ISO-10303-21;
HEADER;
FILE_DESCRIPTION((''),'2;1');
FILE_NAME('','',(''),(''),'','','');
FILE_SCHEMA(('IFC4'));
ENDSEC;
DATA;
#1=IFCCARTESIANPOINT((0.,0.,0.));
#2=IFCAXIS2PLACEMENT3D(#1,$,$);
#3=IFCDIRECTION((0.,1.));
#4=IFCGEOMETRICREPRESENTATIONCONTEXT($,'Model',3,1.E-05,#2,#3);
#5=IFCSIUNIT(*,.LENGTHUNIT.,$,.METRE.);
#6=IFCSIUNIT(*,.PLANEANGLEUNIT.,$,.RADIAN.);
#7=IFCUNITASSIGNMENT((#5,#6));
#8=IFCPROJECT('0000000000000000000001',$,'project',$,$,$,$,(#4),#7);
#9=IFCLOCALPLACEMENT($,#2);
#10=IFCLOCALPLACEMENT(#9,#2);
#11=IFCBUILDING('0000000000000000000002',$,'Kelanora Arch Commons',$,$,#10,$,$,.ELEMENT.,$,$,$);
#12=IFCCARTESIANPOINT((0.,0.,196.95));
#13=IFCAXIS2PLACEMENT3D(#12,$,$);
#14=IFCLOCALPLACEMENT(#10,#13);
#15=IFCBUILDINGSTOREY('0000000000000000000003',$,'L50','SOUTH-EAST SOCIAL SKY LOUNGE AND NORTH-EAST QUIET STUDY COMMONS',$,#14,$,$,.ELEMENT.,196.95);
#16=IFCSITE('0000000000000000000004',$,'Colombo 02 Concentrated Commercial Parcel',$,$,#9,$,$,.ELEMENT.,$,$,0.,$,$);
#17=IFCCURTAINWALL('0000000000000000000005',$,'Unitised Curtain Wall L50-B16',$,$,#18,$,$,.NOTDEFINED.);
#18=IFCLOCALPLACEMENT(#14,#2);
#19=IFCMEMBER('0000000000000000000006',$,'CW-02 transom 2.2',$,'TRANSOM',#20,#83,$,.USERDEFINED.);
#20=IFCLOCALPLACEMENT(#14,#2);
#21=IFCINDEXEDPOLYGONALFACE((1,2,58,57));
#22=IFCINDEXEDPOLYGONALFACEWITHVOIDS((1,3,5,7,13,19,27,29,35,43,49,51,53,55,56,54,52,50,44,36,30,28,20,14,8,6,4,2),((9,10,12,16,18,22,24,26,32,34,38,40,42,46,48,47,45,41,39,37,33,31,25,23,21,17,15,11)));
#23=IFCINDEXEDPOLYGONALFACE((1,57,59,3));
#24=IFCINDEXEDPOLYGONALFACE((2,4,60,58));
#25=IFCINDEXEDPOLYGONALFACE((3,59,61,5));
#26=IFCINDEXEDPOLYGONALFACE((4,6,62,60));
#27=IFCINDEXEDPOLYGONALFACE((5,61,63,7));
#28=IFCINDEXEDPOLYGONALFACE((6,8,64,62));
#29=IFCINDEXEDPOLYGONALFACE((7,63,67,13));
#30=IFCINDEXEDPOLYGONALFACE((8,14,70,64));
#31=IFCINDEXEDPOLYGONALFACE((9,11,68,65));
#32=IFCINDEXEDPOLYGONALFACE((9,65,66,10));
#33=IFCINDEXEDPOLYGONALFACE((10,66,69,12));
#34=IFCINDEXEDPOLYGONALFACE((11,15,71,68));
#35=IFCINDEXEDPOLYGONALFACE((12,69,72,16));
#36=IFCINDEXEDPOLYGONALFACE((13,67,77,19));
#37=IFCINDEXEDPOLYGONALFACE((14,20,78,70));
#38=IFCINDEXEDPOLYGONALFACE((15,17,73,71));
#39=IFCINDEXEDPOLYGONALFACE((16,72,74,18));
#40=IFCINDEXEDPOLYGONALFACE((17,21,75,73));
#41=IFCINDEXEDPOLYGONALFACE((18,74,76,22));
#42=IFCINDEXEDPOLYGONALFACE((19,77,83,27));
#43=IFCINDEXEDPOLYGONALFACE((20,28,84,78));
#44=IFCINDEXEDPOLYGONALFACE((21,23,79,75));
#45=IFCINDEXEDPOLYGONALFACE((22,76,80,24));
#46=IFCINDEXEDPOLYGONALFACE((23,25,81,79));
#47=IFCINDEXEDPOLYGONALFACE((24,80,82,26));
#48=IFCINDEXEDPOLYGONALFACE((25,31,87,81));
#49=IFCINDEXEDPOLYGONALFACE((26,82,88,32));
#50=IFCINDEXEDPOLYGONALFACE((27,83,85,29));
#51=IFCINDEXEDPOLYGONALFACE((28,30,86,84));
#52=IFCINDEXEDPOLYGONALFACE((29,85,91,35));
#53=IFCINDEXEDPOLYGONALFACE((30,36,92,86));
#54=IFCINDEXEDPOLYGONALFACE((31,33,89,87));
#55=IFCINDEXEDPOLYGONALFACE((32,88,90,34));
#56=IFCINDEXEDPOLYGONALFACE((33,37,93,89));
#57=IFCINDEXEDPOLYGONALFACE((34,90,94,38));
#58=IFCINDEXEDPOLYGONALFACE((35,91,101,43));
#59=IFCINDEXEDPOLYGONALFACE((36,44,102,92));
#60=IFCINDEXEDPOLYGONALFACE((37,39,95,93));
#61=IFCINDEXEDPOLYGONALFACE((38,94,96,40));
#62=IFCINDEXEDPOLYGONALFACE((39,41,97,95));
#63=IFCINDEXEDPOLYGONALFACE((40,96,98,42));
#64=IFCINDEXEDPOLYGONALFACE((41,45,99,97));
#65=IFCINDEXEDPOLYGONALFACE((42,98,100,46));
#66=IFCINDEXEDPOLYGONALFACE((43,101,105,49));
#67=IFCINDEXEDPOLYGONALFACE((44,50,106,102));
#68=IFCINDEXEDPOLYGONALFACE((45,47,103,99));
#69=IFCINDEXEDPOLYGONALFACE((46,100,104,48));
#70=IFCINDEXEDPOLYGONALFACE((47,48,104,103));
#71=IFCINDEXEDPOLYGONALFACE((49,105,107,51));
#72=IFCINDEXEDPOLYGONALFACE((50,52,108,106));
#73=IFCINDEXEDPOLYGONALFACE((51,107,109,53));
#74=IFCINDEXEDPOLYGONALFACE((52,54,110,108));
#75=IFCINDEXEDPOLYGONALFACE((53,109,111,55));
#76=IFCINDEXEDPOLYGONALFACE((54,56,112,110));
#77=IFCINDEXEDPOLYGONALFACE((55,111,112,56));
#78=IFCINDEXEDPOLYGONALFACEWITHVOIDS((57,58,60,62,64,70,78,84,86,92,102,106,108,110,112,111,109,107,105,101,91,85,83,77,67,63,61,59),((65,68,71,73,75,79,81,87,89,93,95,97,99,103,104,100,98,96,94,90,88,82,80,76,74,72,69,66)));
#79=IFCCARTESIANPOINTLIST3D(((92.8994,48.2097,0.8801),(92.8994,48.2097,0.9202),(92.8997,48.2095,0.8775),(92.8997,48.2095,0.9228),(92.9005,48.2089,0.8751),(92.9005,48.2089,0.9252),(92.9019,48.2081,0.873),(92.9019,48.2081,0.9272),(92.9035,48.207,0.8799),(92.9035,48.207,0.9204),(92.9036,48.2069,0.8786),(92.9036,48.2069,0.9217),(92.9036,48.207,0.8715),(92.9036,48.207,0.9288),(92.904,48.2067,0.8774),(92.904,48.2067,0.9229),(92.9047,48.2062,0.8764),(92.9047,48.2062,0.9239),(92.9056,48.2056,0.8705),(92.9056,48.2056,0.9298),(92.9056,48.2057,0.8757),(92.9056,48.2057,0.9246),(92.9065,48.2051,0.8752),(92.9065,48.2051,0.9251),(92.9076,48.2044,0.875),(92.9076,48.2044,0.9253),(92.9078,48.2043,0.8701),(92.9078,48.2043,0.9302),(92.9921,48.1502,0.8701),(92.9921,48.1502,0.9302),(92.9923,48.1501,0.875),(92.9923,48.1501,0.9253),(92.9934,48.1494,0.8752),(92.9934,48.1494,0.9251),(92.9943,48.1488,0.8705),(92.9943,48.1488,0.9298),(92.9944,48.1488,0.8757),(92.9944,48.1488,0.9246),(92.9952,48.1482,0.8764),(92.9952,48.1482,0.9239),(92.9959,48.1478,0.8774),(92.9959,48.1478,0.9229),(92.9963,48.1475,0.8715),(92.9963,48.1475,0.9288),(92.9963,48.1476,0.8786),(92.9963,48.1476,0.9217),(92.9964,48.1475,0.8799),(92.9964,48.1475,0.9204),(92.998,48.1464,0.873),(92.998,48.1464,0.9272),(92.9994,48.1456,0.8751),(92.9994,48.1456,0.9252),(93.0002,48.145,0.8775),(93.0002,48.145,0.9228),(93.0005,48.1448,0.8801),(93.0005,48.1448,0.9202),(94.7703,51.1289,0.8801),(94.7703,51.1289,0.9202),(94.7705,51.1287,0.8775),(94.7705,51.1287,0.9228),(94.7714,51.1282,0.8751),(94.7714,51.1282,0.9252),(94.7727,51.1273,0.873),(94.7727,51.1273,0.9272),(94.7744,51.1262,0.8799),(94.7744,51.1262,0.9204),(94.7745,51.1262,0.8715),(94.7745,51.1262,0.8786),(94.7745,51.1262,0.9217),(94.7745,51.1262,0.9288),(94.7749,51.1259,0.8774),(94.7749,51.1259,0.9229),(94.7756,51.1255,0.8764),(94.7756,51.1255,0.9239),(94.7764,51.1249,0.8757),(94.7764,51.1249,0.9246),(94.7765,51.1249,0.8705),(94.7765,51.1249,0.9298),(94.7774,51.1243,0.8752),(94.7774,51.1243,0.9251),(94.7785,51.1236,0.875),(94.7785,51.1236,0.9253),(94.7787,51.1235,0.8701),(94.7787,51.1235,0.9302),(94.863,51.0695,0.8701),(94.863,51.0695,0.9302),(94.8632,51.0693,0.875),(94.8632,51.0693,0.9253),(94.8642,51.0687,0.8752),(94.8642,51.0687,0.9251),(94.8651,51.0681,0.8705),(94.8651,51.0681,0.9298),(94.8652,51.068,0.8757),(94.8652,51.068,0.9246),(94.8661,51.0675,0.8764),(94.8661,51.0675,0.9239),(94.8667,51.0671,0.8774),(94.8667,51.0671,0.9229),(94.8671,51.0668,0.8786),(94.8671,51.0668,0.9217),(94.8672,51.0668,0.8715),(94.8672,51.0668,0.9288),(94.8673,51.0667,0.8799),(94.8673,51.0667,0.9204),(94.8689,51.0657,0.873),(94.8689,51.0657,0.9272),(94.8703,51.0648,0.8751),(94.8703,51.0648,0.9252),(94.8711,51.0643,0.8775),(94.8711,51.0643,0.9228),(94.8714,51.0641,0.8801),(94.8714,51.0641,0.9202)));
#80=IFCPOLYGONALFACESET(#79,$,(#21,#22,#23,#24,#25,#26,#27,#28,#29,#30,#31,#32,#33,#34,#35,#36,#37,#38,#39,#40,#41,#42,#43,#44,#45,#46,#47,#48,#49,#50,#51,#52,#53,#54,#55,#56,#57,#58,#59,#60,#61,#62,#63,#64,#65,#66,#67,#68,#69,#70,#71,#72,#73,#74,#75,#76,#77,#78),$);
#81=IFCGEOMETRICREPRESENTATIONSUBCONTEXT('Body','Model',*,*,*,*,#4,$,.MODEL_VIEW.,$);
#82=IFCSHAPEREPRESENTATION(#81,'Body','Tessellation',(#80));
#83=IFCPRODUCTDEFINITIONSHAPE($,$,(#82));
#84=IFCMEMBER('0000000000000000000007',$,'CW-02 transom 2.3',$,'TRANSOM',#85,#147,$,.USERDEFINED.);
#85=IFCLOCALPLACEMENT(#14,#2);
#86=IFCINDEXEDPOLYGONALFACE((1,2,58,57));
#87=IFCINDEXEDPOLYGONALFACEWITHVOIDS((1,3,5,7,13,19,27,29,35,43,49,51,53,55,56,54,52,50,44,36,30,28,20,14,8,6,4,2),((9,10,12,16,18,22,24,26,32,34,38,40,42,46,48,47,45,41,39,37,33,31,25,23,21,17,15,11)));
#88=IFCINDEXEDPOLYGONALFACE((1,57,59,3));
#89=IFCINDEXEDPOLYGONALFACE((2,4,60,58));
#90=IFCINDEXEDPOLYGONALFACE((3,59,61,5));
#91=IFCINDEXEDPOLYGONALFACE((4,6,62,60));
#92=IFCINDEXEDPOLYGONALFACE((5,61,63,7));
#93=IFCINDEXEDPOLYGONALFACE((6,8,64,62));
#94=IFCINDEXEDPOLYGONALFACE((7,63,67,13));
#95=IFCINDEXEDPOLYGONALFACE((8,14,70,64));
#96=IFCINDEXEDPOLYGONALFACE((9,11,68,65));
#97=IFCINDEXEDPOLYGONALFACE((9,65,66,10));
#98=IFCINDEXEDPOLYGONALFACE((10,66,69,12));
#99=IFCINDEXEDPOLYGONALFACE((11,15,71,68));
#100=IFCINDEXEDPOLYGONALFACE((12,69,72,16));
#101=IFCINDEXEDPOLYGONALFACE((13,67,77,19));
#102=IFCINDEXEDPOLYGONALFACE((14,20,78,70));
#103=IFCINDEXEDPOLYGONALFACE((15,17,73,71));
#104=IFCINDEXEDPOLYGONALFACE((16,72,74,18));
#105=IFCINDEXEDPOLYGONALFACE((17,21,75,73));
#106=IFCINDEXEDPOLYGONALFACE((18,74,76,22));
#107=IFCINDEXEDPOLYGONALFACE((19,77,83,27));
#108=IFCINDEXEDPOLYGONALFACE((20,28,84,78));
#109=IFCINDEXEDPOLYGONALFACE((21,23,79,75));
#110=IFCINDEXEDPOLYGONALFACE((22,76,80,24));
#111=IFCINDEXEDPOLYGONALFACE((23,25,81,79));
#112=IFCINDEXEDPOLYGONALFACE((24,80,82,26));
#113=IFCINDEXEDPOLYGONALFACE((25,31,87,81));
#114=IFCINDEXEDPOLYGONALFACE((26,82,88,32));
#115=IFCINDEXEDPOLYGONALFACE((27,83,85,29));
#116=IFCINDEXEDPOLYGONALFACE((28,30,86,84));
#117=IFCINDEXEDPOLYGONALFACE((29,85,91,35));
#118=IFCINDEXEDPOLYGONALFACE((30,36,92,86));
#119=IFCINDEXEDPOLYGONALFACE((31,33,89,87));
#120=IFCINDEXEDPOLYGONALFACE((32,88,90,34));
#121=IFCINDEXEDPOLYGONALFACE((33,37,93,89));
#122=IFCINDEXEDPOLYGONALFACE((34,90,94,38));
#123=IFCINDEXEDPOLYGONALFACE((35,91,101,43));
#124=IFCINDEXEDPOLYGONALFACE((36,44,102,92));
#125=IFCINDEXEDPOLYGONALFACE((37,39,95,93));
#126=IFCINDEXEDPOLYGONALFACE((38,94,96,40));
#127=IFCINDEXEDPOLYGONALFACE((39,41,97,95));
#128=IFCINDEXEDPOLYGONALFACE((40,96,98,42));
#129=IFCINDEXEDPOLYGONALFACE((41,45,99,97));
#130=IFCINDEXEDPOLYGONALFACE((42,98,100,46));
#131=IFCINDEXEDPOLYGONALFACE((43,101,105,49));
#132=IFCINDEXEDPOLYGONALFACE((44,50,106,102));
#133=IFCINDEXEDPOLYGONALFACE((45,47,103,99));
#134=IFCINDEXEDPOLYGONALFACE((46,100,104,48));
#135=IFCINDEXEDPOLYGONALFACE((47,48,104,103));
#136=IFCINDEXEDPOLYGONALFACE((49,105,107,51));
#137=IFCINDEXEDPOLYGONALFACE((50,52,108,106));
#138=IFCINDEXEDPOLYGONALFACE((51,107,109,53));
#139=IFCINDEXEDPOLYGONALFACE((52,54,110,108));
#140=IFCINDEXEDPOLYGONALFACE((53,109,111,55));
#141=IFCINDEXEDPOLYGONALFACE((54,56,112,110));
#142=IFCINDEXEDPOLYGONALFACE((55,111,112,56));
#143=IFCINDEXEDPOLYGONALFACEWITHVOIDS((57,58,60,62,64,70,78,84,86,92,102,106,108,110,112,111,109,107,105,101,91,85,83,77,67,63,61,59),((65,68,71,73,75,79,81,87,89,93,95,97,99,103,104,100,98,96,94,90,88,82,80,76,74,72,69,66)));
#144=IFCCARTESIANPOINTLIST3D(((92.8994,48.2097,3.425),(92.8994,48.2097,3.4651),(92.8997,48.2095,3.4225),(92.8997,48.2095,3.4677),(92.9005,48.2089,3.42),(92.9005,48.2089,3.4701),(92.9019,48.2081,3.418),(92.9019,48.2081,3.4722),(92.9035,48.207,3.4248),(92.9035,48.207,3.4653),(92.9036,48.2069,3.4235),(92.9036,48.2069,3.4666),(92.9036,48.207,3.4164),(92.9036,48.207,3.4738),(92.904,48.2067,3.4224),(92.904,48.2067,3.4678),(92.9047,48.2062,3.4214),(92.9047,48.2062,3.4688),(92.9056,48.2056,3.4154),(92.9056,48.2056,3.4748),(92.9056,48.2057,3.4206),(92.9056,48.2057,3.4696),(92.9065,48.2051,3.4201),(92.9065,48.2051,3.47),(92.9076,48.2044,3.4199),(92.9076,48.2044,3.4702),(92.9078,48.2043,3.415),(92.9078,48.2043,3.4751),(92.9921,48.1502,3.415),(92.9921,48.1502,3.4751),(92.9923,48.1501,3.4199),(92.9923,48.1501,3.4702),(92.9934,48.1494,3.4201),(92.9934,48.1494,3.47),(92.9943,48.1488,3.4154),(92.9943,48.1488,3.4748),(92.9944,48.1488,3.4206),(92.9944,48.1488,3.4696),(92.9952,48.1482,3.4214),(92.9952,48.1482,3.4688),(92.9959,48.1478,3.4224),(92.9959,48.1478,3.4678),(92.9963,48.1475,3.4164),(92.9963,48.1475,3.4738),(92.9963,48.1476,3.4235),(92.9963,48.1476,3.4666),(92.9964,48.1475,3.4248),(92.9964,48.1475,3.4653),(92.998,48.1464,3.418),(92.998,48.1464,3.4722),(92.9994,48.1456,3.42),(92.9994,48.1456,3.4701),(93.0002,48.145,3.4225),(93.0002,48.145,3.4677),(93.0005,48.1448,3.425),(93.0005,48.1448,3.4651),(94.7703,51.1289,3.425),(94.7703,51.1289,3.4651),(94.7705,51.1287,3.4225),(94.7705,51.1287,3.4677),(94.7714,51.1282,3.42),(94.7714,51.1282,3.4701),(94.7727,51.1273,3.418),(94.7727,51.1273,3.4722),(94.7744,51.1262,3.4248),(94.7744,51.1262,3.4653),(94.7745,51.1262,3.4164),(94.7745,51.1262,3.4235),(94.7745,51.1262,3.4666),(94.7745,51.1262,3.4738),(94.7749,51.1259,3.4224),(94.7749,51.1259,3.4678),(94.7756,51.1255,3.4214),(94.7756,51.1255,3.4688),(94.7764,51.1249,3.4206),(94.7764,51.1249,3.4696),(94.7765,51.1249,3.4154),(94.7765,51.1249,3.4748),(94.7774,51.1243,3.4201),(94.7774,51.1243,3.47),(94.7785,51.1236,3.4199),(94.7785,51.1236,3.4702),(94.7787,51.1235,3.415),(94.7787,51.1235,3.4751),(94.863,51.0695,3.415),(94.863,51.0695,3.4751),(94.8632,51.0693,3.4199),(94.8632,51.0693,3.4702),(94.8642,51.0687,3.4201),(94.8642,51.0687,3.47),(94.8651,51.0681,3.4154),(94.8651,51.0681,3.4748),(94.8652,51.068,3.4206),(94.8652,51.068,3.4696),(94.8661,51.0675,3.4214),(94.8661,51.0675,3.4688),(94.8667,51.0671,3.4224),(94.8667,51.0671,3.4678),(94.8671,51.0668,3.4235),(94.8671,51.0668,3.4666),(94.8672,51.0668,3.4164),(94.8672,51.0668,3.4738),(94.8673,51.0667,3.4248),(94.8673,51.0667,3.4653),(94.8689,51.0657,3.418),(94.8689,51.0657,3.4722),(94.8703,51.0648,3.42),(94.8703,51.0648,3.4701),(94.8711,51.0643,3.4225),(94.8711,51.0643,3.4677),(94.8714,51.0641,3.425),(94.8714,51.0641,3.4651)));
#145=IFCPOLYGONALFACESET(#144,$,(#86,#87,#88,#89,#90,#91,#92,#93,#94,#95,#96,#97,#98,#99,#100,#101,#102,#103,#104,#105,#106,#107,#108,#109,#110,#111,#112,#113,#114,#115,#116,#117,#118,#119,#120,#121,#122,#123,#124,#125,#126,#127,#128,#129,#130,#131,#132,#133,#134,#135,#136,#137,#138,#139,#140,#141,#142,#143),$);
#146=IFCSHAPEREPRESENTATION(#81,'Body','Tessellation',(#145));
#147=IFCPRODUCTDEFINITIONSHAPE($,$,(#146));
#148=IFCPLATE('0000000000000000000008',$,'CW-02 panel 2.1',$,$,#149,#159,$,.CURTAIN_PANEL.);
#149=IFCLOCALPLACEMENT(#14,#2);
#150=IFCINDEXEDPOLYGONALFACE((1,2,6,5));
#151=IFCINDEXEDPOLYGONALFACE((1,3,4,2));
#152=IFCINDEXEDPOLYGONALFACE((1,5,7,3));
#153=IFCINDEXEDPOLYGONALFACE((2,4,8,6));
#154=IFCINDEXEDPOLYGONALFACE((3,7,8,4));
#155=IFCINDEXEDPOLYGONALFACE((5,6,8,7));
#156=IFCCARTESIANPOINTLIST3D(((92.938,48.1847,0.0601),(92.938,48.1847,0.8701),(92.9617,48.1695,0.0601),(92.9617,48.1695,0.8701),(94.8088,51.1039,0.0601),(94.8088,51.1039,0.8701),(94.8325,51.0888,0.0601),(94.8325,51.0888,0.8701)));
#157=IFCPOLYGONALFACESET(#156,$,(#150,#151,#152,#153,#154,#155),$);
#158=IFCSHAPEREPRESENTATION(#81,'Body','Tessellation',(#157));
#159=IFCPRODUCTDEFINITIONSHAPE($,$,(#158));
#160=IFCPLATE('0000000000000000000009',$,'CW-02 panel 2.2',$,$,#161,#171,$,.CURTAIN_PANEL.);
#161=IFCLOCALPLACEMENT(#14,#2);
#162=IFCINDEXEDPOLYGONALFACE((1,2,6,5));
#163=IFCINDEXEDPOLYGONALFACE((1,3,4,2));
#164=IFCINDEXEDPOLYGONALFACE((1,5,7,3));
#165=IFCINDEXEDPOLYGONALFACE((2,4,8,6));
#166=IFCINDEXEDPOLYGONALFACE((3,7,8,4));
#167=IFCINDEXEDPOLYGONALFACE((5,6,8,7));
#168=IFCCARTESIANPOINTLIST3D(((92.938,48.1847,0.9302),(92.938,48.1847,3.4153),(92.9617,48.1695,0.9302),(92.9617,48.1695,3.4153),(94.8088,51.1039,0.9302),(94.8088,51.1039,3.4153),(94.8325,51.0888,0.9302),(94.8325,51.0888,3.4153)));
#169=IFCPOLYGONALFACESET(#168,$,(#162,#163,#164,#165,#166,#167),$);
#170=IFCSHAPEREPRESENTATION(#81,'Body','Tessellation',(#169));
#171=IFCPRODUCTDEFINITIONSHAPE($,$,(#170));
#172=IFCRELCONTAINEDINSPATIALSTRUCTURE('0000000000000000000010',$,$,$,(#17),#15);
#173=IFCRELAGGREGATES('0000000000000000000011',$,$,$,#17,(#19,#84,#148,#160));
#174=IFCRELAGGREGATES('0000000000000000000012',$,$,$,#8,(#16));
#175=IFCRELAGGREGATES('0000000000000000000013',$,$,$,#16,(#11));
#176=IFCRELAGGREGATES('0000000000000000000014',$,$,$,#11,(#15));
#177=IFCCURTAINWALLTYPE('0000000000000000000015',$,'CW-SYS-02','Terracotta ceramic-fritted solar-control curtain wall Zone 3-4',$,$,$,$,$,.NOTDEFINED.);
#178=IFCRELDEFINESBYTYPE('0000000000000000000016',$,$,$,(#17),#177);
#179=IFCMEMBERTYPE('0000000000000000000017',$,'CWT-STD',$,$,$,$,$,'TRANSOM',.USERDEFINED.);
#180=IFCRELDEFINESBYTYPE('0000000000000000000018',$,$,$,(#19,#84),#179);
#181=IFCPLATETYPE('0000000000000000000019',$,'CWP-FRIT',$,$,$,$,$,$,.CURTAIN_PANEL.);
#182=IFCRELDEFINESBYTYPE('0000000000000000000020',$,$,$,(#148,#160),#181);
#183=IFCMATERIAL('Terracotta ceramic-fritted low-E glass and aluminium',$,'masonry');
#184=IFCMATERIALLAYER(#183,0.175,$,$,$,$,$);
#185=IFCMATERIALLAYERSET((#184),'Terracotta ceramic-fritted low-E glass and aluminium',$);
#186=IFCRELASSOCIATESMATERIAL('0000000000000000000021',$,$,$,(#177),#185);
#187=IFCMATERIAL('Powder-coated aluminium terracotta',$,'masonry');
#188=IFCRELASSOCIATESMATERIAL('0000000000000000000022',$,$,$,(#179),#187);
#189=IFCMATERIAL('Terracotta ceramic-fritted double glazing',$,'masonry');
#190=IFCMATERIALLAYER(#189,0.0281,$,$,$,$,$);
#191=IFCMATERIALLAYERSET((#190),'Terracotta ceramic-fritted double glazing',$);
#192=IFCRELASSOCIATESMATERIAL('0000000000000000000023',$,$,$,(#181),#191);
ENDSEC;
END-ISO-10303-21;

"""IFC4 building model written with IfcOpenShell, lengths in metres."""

from ifc_helpers import new_model, si_unit, direction, frame, origin, origin_2d, place, context, subcontext, project, spatial, rectangle, hollow_rectangle, extrude, source, transform, mapped, material, layer, layer_set, material_profile, profile_set, type_object, element, aggregate, save


model = new_model("IFC4")

# Units and contexts
model_context = context("Model", 3, precision=1e-05, world=origin(), true_north=direction((0.0, 1.0)))
body_context = subcontext(model_context, "Body", "Model", "MODEL_VIEW")
ifc_project = project(units=[si_unit("LENGTHUNIT", "METRE"), si_unit("PLANEANGLEUNIT", "RADIAN")], contexts=[model_context])

# Site, building, storey
site_placement = place(None, origin())
site = spatial("IfcSite", under=ifc_project, at=site_placement, Name="Colombo 02 Concentrated Commercial Parcel", CompositionType="ELEMENT", RefElevation=0.0)
building_placement = place(site_placement, origin())
building = spatial("IfcBuilding", under=site, at=building_placement, Name="Kelanora Arch Commons", CompositionType="ELEMENT")
storey_placement = place(building_placement, frame((0.0, 0.0, 196.95)))
storey = spatial("IfcBuildingStorey", under=building, at=storey_placement, Name="L50", Description="SOUTH-EAST SOCIAL SKY LOUNGE AND NORTH-EAST QUIET STUDY COMMONS", CompositionType="ELEMENT", Elevation=196.95)

# Curtain wall, members, plates
ifc_material_1 = material(Name="Terracotta ceramic-fritted low-E glass and aluminium", Category="masonry")
ifc_layer_1 = layer(ifc_material_1, 0.175)
ifc_layer_set_1 = layer_set([ifc_layer_1], Name="Terracotta ceramic-fritted low-E glass and aluminium")
curtain_wall_type = type_object("IfcCurtainWallType", Name="CW-SYS-02", Description="Terracotta ceramic-fritted solar-control curtain wall Zone 3-4", PredefinedType="NOTDEFINED", material=ifc_layer_set_1)
curtain_wall_placement = place(storey_placement, origin())
curtain_wall = element("IfcCurtainWall", 1, at=curtain_wall_placement, inside=storey, type_object=curtain_wall_type, Name="Unitised Curtain Wall L50-B16", PredefinedType="NOTDEFINED")
ifc_material_2 = material(Name="Powder-coated aluminium terracotta", Category="masonry")
ifc_material_profile_1 = material_profile(ifc_material_2, hollow_rectangle(XDim=0.1201, YDim=0.0601, WallThickness=0.0049, InnerFilletRadius=0.0049, OuterFilletRadius=0.01, at=origin_2d()), Name="CWT120x60")
ifc_profile_set_1 = profile_set([ifc_material_profile_1], Name="Powder-coated aluminium terracotta")
member_type_1 = type_object("IfcMemberType", Name="CWT-STD", ElementType="TRANSOM", PredefinedType="USERDEFINED", material=ifc_profile_set_1)
member_1_placement = place(storey_placement, frame((92.95, 48.1772, 0.9001), z_axis=(0.539579, 0.841935, 0.0), x_axis=(-0.841935, 0.539579, 0.0)))
member_1 = element("IfcMember", 2, at=member_1_placement, type_object=member_type_1, Name="CW-02 transom 2.2", ObjectType="TRANSOM", PredefinedType="USERDEFINED", context=body_context, shape_type="SweptSolid", body=[
    extrude(hollow_rectangle(XDim=0.1201, YDim=0.0601, WallThickness=0.0049, InnerFilletRadius=0.0049, OuterFilletRadius=0.01, at=origin_2d()), origin(), (0.0, 0.0, 1.0), 3.4673),
])
member_2_placement = place(storey_placement, frame((92.95, 48.1772, 3.4451), z_axis=(0.539579, 0.841935, 0.0), x_axis=(-0.841935, 0.539579, 0.0)))
member_2 = element("IfcMember", 3, at=member_2_placement, type_object=member_type_1, Name="CW-02 transom 2.3", ObjectType="TRANSOM", PredefinedType="USERDEFINED", context=body_context, shape_type="SweptSolid", body=[
    extrude(hollow_rectangle(XDim=0.1201, YDim=0.0601, WallThickness=0.0049, InnerFilletRadius=0.0049, OuterFilletRadius=0.01, at=origin_2d()), origin(), (0.0, 0.0, 1.0), 3.4673),
])
ifc_material_3 = material(Name="Terracotta ceramic-fritted double glazing", Category="masonry")
ifc_layer_2 = layer(ifc_material_3, 0.0281)
ifc_layer_set_2 = layer_set([ifc_layer_2], Name="Terracotta ceramic-fritted double glazing")
plate_type = type_object("IfcPlateType", Name="CWP-FRIT", PredefinedType="CURTAIN_PANEL", material=ifc_layer_set_2)
shared_shape_1 = source(origin(), body_context, "Body", "SweptSolid", [
    extrude(rectangle(XDim=3.4673, YDim=0.0281, at=origin_2d()), origin(), (0.0, 0.0, 1.0), 0.8101),
])
plate_1_placement = place(storey_placement, frame((93.8853, 49.6367, 0.0601), z_axis=(0.0, 0.0, 1.0), x_axis=(0.539559, 0.841948, 0.0)))
plate_1 = element("IfcPlate", 4, at=plate_1_placement, type_object=plate_type, Name="CW-02 panel 2.1", PredefinedType="CURTAIN_PANEL", context=body_context, shape_type="MappedRepresentation", body=[
    mapped(shared_shape_1, transform((0.0, 0.0, 0.0), scale=1.0)),
])
shared_shape_2 = source(origin(), body_context, "Body", "SweptSolid", [
    extrude(rectangle(XDim=3.4673, YDim=0.0281, at=origin_2d()), origin(), (0.0, 0.0, 1.0), 2.4851),
])
plate_2_placement = place(storey_placement, frame((93.8853, 49.6367, 0.9302), z_axis=(0.0, 0.0, 1.0), x_axis=(0.539559, 0.841948, 0.0)))
plate_2 = element("IfcPlate", 5, at=plate_2_placement, type_object=plate_type, Name="CW-02 panel 2.2", PredefinedType="CURTAIN_PANEL", context=body_context, shape_type="MappedRepresentation", body=[
    mapped(shared_shape_2, transform((0.0, 0.0, 0.0), scale=1.0)),
])
aggregate(curtain_wall, [member_1, member_2, plate_1, plate_2])

save(model, "model.ifc")
